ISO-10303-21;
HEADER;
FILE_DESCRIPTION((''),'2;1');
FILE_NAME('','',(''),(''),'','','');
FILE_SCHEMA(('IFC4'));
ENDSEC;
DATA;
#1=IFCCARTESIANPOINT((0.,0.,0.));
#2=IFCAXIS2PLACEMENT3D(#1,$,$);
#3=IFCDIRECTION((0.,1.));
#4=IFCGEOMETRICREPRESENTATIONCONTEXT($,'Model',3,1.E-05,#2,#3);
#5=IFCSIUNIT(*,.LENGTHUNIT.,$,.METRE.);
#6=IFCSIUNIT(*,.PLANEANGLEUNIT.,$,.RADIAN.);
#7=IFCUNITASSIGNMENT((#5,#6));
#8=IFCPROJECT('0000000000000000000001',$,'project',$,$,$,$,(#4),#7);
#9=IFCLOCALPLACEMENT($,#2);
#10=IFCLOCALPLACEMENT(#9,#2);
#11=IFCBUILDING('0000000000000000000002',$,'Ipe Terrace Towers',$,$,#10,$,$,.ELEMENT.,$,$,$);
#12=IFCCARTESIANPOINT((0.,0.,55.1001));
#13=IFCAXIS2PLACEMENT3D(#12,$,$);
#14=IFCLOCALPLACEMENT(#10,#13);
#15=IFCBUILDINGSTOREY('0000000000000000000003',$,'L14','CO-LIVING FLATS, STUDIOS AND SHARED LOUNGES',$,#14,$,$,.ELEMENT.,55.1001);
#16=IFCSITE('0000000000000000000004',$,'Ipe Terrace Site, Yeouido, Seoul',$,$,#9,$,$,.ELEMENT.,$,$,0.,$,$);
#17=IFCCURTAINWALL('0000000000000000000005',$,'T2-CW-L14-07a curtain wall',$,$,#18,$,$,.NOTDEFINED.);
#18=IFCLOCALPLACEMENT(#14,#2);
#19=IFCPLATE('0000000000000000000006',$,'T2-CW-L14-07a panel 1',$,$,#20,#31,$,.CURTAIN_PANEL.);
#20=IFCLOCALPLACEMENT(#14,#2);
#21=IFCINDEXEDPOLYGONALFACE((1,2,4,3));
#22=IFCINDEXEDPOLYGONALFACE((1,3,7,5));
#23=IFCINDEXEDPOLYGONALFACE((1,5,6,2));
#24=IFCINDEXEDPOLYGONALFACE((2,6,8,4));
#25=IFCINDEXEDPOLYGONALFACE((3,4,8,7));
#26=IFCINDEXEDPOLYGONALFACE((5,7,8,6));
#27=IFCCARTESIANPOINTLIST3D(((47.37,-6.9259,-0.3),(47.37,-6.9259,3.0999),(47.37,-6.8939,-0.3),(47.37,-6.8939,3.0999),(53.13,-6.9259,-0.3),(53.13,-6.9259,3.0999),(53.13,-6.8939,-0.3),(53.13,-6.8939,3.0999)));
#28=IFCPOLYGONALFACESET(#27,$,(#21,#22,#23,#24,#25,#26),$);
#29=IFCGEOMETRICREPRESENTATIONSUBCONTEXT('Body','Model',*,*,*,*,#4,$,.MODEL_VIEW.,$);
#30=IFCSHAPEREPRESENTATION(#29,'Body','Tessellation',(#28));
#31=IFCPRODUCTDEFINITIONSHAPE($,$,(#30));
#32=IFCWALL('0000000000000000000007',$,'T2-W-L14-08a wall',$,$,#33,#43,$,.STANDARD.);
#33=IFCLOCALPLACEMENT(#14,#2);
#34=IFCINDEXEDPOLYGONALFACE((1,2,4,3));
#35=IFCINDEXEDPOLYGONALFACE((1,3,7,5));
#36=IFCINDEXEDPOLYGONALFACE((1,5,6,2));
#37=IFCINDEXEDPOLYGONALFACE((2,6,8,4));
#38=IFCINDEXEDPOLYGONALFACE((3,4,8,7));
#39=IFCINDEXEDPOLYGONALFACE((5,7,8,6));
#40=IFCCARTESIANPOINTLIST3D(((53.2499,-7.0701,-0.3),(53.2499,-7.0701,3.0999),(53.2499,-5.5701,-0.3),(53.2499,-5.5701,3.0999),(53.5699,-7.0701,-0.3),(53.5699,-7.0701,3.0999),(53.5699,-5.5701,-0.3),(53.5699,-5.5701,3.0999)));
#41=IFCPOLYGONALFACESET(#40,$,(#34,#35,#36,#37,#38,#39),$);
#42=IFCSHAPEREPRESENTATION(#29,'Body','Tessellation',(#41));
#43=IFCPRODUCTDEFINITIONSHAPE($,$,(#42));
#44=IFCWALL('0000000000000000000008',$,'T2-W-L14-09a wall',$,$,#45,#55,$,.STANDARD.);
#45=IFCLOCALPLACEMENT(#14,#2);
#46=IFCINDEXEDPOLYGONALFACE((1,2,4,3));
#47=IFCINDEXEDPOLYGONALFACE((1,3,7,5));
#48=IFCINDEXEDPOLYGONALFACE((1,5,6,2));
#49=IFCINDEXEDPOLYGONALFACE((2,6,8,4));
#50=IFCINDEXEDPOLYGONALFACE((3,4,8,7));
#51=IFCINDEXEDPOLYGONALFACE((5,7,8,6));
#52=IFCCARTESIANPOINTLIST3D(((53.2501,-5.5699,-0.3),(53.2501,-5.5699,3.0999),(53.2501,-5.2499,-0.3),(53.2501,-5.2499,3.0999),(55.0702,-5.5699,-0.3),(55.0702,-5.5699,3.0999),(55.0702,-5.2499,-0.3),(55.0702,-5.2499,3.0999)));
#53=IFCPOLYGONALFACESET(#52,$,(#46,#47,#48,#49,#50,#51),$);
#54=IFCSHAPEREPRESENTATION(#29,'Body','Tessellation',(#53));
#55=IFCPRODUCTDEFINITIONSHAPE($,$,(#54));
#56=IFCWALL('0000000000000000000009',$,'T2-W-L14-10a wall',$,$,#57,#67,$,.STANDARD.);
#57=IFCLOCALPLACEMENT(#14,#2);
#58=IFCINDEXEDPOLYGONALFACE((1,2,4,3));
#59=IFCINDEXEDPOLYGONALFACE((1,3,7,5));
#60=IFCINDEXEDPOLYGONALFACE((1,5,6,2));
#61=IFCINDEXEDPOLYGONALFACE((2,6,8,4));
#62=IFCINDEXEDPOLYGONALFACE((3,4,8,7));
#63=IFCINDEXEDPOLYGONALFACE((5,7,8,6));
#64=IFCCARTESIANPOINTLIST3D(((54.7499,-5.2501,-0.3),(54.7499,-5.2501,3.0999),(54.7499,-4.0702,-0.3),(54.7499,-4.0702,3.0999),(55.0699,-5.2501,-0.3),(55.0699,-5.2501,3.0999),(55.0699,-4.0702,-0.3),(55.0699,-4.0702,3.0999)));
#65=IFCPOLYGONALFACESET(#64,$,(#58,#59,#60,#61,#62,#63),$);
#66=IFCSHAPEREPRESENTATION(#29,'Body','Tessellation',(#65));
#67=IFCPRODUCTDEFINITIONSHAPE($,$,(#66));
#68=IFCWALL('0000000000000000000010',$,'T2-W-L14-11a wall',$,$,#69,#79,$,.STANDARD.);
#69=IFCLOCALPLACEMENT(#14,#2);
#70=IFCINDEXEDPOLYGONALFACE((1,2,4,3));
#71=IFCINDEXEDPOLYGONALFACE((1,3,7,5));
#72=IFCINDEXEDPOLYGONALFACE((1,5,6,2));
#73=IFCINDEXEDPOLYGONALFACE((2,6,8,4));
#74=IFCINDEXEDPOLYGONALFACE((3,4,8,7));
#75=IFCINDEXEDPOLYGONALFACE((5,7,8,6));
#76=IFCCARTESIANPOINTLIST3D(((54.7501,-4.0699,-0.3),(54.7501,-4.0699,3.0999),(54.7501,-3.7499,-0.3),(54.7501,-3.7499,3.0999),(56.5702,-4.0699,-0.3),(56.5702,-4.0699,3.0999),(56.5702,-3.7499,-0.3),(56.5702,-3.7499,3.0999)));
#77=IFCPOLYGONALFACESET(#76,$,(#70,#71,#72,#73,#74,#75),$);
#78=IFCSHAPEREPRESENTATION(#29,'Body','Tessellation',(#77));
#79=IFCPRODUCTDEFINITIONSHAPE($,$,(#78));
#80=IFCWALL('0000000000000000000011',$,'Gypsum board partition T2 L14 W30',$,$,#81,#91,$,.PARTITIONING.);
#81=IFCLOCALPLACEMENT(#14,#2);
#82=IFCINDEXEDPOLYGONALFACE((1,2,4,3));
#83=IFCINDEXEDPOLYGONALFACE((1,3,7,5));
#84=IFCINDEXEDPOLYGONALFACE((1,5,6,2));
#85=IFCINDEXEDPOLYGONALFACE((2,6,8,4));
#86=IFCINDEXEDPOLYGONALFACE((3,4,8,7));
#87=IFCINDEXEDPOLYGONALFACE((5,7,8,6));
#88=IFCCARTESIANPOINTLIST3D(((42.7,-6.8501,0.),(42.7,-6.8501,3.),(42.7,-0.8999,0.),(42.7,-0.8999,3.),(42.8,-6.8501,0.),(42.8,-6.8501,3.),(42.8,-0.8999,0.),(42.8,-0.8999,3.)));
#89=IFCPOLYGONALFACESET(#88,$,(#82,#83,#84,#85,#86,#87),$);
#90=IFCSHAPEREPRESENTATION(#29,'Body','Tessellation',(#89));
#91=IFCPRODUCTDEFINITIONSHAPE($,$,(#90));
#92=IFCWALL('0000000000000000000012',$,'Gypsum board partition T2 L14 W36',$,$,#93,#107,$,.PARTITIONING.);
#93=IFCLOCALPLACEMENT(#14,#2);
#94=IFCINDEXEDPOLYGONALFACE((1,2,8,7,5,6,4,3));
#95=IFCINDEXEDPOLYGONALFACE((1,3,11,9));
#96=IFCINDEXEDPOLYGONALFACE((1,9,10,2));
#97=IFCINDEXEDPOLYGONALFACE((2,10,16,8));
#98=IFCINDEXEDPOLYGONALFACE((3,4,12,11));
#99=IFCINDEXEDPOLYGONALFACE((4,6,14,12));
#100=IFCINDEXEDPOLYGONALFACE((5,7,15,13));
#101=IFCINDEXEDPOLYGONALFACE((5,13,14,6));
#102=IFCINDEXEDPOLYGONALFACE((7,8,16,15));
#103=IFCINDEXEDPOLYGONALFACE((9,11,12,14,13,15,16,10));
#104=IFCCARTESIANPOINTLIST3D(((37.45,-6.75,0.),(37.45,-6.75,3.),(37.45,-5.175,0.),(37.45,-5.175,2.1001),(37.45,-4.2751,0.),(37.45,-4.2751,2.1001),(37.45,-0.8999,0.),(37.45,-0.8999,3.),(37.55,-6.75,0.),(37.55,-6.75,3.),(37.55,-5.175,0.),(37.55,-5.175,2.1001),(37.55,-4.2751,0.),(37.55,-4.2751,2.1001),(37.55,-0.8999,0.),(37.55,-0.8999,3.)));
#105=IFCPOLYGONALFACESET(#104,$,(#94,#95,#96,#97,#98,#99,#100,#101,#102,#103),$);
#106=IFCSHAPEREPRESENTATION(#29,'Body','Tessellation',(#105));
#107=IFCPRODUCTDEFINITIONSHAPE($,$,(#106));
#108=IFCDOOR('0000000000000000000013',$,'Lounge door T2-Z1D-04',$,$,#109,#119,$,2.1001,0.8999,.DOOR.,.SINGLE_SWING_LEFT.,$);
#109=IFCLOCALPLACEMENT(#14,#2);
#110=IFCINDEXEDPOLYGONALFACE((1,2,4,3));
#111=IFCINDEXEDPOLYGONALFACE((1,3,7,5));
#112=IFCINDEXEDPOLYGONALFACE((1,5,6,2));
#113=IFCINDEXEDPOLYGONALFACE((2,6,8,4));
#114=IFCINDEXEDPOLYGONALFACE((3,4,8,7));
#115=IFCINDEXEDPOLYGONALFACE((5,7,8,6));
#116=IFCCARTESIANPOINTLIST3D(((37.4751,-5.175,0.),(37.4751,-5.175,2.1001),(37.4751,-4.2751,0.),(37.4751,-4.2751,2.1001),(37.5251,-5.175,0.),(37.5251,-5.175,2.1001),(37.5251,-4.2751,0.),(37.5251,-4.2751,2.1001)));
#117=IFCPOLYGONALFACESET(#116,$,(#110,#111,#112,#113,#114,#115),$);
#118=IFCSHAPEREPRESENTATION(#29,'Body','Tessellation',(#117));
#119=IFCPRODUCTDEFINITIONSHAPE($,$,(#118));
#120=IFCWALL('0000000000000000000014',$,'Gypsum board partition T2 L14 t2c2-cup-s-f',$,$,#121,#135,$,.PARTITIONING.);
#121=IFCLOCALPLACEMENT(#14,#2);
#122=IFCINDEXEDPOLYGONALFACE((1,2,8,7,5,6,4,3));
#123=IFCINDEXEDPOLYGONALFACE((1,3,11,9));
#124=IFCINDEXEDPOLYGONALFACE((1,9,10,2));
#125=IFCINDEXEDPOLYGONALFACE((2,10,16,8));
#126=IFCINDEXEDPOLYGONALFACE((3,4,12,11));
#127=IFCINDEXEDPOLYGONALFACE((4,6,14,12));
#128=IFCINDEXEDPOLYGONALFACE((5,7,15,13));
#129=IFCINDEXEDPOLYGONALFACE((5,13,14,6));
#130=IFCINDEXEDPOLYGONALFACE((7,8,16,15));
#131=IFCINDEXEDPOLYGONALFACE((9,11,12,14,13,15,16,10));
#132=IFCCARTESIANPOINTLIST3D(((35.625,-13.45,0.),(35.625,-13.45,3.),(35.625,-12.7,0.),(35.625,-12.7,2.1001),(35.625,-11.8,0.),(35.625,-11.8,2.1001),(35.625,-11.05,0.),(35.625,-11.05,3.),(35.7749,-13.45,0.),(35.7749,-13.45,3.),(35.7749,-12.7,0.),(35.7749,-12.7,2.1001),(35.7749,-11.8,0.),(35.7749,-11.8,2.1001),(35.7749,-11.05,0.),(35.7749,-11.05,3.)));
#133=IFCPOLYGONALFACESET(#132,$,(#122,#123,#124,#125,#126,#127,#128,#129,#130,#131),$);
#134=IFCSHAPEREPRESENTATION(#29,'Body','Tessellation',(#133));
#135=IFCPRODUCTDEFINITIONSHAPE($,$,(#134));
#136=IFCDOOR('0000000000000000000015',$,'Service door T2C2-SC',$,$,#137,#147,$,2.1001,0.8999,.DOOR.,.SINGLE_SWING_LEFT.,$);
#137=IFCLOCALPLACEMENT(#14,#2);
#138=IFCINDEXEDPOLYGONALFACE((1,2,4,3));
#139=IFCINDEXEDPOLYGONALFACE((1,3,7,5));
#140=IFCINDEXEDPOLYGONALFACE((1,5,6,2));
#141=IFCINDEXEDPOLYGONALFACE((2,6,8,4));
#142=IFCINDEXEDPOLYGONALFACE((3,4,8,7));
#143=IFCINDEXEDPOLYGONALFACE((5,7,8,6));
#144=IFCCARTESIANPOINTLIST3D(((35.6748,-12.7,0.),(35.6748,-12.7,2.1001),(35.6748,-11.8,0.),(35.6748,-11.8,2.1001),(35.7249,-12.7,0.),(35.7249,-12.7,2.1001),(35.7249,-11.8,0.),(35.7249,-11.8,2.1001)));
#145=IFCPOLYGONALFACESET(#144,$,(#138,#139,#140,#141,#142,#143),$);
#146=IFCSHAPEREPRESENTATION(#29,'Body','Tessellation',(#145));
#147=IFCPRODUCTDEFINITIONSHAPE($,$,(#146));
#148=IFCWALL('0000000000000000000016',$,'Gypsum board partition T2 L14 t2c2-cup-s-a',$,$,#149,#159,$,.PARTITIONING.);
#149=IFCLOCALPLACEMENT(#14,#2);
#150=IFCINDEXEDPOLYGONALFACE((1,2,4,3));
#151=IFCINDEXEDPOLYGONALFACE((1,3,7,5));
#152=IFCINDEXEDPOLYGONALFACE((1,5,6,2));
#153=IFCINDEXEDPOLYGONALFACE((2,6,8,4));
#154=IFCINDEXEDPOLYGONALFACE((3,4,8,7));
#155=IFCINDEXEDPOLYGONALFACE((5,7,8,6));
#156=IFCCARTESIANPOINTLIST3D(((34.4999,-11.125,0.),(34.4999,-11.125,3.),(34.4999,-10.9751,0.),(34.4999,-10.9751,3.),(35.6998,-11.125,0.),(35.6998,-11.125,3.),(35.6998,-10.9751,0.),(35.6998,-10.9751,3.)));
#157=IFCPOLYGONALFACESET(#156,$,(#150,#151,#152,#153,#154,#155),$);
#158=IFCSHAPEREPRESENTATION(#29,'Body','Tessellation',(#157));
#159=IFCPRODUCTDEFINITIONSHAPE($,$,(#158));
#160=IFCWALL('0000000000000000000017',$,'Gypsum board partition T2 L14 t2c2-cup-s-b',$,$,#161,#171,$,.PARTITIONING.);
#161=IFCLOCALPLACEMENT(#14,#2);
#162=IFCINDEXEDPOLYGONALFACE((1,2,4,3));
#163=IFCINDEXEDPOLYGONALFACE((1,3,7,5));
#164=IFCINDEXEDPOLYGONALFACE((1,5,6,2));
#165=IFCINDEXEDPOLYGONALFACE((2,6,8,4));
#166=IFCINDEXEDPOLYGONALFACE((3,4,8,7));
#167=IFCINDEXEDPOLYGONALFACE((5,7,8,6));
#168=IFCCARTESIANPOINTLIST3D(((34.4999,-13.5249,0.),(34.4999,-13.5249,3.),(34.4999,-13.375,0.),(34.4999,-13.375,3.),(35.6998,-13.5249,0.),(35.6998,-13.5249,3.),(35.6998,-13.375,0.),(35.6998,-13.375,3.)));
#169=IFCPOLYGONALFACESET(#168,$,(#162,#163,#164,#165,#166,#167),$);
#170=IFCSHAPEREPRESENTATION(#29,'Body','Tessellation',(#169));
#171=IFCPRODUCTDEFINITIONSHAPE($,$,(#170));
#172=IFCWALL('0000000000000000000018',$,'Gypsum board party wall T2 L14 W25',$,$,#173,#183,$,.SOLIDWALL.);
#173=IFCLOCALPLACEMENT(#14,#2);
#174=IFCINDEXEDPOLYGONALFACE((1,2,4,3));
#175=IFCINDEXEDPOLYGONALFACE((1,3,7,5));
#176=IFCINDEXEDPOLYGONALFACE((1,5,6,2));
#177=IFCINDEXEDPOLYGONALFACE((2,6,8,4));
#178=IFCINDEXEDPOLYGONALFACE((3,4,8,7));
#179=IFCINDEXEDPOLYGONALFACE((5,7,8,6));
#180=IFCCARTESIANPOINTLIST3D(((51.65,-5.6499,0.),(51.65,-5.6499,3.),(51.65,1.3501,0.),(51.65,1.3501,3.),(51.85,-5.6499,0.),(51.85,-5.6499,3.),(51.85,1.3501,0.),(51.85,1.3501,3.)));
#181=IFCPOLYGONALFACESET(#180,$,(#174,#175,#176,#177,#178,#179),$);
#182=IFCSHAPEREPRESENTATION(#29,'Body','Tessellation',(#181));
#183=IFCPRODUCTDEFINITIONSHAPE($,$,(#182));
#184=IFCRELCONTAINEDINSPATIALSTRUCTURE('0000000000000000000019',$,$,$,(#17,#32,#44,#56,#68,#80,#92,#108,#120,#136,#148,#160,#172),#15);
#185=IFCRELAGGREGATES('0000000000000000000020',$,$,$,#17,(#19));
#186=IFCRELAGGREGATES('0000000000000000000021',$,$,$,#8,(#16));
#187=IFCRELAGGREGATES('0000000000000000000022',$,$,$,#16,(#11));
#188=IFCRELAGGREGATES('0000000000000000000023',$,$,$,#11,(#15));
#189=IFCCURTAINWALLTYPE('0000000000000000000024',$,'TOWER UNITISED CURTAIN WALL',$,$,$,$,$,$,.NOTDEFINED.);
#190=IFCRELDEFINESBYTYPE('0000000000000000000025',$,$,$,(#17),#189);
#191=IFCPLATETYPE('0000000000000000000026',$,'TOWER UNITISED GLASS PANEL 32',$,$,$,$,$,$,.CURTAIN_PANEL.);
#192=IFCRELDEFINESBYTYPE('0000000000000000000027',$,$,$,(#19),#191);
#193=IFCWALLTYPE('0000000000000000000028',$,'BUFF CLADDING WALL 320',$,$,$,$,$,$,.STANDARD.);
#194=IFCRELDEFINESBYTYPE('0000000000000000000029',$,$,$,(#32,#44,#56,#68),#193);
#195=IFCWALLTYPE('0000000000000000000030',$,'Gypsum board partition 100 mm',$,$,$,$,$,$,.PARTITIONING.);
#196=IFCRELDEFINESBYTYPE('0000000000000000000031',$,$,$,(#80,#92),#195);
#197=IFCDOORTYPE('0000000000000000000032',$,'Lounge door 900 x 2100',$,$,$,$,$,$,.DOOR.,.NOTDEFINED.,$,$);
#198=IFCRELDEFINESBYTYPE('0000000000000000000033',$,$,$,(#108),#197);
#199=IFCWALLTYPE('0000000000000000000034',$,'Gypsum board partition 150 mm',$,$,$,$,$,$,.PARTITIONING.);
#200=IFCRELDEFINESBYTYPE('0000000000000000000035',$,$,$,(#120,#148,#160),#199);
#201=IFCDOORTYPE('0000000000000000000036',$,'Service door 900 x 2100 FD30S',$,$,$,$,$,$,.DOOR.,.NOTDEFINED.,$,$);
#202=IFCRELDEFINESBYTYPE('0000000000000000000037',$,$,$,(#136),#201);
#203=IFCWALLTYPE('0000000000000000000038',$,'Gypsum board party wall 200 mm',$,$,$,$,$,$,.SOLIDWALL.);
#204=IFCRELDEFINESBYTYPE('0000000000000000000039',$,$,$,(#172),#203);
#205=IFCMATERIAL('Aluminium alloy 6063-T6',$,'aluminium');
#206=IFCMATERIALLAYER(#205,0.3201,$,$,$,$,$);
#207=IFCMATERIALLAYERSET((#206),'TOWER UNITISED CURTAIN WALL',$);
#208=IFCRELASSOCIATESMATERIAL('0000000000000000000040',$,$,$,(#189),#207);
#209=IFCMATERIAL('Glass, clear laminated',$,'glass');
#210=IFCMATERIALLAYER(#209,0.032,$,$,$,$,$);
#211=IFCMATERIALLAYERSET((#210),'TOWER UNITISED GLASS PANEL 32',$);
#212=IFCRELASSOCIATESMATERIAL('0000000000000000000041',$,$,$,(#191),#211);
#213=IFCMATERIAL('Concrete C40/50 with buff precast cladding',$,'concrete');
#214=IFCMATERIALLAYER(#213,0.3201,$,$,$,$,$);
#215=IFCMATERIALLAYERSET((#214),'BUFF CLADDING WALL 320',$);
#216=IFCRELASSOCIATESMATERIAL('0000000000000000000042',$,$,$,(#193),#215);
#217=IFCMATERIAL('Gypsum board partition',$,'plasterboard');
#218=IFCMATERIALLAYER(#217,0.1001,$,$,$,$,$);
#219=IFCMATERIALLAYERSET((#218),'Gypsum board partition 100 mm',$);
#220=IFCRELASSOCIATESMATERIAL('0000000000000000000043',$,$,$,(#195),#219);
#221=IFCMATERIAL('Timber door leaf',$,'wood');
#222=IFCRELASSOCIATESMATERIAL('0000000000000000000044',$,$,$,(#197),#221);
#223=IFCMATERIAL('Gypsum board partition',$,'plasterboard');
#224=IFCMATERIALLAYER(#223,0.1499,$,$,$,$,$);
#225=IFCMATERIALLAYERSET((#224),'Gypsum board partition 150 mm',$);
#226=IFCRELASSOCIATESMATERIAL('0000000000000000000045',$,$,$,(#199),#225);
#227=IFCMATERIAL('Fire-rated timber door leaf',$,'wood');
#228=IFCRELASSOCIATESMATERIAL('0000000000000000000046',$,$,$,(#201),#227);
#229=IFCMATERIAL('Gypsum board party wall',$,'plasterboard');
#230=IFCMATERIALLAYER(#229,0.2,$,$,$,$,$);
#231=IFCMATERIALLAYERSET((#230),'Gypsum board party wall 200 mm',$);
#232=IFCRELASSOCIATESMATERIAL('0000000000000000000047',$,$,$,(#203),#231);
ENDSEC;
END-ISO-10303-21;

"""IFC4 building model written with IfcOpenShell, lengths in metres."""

from ifc_helpers import new_model, si_unit, direction, frame, frame_2d, origin, origin_2d, place, context, subcontext, project, spatial, rectangle, extrude, material, layer, layer_set, type_object, element, fill, aggregate, save


model = new_model("IFC4")

# Units and contexts
model_context = context("Model", 3, precision=1e-05, world=origin(), true_north=direction((0.0, 1.0)))
body_context = subcontext(model_context, "Body", "Model", "MODEL_VIEW")
ifc_project = project(units=[si_unit("LENGTHUNIT", "METRE"), si_unit("PLANEANGLEUNIT", "RADIAN")], contexts=[model_context])

# Site, building, storey
site_placement = place(None, origin())
site = spatial("IfcSite", under=ifc_project, at=site_placement, Name="Ipe Terrace Site, Yeouido, Seoul", CompositionType="ELEMENT", RefElevation=0.0)
building_placement = place(site_placement, origin())
building = spatial("IfcBuilding", under=site, at=building_placement, Name="Ipe Terrace Towers", CompositionType="ELEMENT")
storey_placement = place(building_placement, frame((0.0, 0.0, 55.1001)))
storey = spatial("IfcBuildingStorey", under=building, at=storey_placement, Name="L14", Description="CO-LIVING FLATS, STUDIOS AND SHARED LOUNGES", CompositionType="ELEMENT", Elevation=55.1001)

# Curtain wall
ifc_material_1 = material(Name="Aluminium alloy 6063-T6", Category="aluminium")
ifc_layer_1 = layer(ifc_material_1, 0.3201)
ifc_layer_set_1 = layer_set([ifc_layer_1], Name="TOWER UNITISED CURTAIN WALL")
curtain_wall_type = type_object("IfcCurtainWallType", Name="TOWER UNITISED CURTAIN WALL", PredefinedType="NOTDEFINED", material=ifc_layer_set_1)
curtain_wall_1_placement = place(storey_placement, origin())
curtain_wall_1 = element("IfcCurtainWall", 1, at=curtain_wall_1_placement, inside=storey, type_object=curtain_wall_type, Name="T2-CW-L14-07a curtain wall", PredefinedType="NOTDEFINED")

# Plate
ifc_material_2 = material(Name="Glass, clear laminated", Category="glass")
ifc_layer_2 = layer(ifc_material_2, 0.032)
ifc_layer_set_2 = layer_set([ifc_layer_2], Name="TOWER UNITISED GLASS PANEL 32")
plate_type = type_object("IfcPlateType", Name="TOWER UNITISED GLASS PANEL 32", PredefinedType="CURTAIN_PANEL", material=ifc_layer_set_2)
plate_1_placement = place(storey_placement, frame((50.25, -6.9099, -0.3), z_axis=(0.0, 0.0, 1.0), x_axis=(1.0, 0.0, 0.0)))
plate_1 = element("IfcPlate", 2, at=plate_1_placement, type_object=plate_type, Name="T2-CW-L14-07a panel 1", PredefinedType="CURTAIN_PANEL", context=body_context, shape_type="SweptSolid", body=[
    extrude(rectangle(XDim=5.76, YDim=0.032, at=origin_2d()), origin(), (0.0, 0.0, 1.0), 3.3999),
])
aggregate(curtain_wall_1, [plate_1])

# Walls
ifc_material_3 = material(Name="Concrete C40/50 with buff precast cladding", Category="concrete")
ifc_layer_3 = layer(ifc_material_3, 0.3201)
ifc_layer_set_3 = layer_set([ifc_layer_3], Name="BUFF CLADDING WALL 320")
wall_type_1 = type_object("IfcWallType", Name="BUFF CLADDING WALL 320", PredefinedType="STANDARD", material=ifc_layer_set_3)
wall_1_placement = place(storey_placement, frame((53.4099, -7.0701, -0.3), z_axis=(0.0, 0.0, 1.0), x_axis=(0.0, 1.0, 0.0)))
element("IfcWall", 3, at=wall_1_placement, inside=storey, type_object=wall_type_1, Name="T2-W-L14-08a wall", PredefinedType="STANDARD", context=body_context, shape_type="SweptSolid", body=[
    extrude(rectangle(XDim=1.5, YDim=0.3201, at=frame_2d((0.75, 0.0))), origin(), (0.0, 0.0, 1.0), 3.3999),
])
wall_2_placement = place(storey_placement, frame((53.25, -5.4099, -0.3), z_axis=(0.0, 0.0, 1.0), x_axis=(1.0, 0.0, 0.0)))
element("IfcWall", 4, at=wall_2_placement, inside=storey, type_object=wall_type_1, Name="T2-W-L14-09a wall", PredefinedType="STANDARD", context=body_context, shape_type="SweptSolid", body=[
    extrude(rectangle(XDim=1.8201, YDim=0.3201, at=frame_2d((0.9102, 0.0))), origin(), (0.0, 0.0, 1.0), 3.3999),
])
wall_3_placement = place(storey_placement, frame((54.9099, -5.25, -0.3), z_axis=(0.0, 0.0, 1.0), x_axis=(0.0, 1.0, 0.0)))
element("IfcWall", 5, at=wall_3_placement, inside=storey, type_object=wall_type_1, Name="T2-W-L14-10a wall", PredefinedType="STANDARD", context=body_context, shape_type="SweptSolid", body=[
    extrude(rectangle(XDim=1.1799, YDim=0.3201, at=frame_2d((0.5898, 0.0))), origin(), (0.0, 0.0, 1.0), 3.3999),
])
wall_4_placement = place(storey_placement, frame((54.75, -3.9099, -0.3), z_axis=(0.0, 0.0, 1.0), x_axis=(1.0, 0.0, 0.0)))
element("IfcWall", 6, at=wall_4_placement, inside=storey, type_object=wall_type_1, Name="T2-W-L14-11a wall", PredefinedType="STANDARD", context=body_context, shape_type="SweptSolid", body=[
    extrude(rectangle(XDim=1.8201, YDim=0.3201, at=frame_2d((0.9102, 0.0))), origin(), (0.0, 0.0, 1.0), 3.3999),
])
ifc_material_4 = material(Name="Gypsum board partition", Category="plasterboard")
ifc_layer_4 = layer(ifc_material_4, 0.1001)
ifc_layer_set_4 = layer_set([ifc_layer_4], Name="Gypsum board partition 100 mm")
wall_type_2 = type_object("IfcWallType", Name="Gypsum board partition 100 mm", PredefinedType="PARTITIONING", material=ifc_layer_set_4)
wall_5_placement = place(storey_placement, frame((42.75, -6.8501, 0.0), z_axis=(0.0, 0.0, 1.0), x_axis=(0.0, 1.0, 0.0)))
element("IfcWall", 7, at=wall_5_placement, inside=storey, type_object=wall_type_2, Name="Gypsum board partition T2 L14 W30", PredefinedType="PARTITIONING", context=body_context, shape_type="SweptSolid", body=[
    extrude(rectangle(XDim=5.9502, YDim=0.1001, at=frame_2d((2.9751, 0.0))), origin(), (0.0, 0.0, 1.0), 3.0),
])

# Walls, openings, doors
wall_6_placement = place(storey_placement, frame((37.5, -6.75, 0.0), z_axis=(0.0, 0.0, 1.0), x_axis=(0.0, 1.0, 0.0)))
wall_6 = element("IfcWall", 8, at=wall_6_placement, inside=storey, type_object=wall_type_2, Name="Gypsum board partition T2 L14 W36", PredefinedType="PARTITIONING", context=body_context, shape_type="SweptSolid", body=[
    extrude(rectangle(XDim=5.8501, YDim=0.1001, at=frame_2d((2.925, 0.0))), origin(), (0.0, 0.0, 1.0), 3.0),
])
opening_1_placement = place(wall_6_placement, frame((1.575, 0.0, 0.0)))
opening_1 = element("IfcOpeningElement", 9, at=opening_1_placement, cuts=wall_6, PredefinedType="OPENING", context=body_context, shape_type="SweptSolid", body=[
    extrude(rectangle(XDim=0.8999, YDim=2.1001, at=frame_2d((0.45, 1.05))), frame((0.0, 0.0601, 0.0), z_axis=(0.0, -1.0, 0.0), x_axis=(1.0, 0.0, 0.0)), (0.0, 0.0, 1.0), 0.1201),
])
ifc_material_5 = material(Name="Timber door leaf", Category="wood")
door_type_1 = type_object("IfcDoorType", Name="Lounge door 900 x 2100", OperationType="NOTDEFINED", PredefinedType="DOOR", material=ifc_material_5)
door_1_placement = place(opening_1_placement, origin())
door_1 = element("IfcDoor", 10, at=door_1_placement, inside=storey, type_object=door_type_1, Name="Lounge door T2-Z1D-04", OperationType="SINGLE_SWING_LEFT", OverallHeight=2.1001, OverallWidth=0.8999, PredefinedType="DOOR", context=body_context, shape_type="SweptSolid", body=[
    extrude(rectangle(XDim=0.8999, YDim=2.1001, at=frame_2d((0.45, 1.05))), frame((0.0, 0.0249, 0.0), z_axis=(0.0, -1.0, 0.0), x_axis=(1.0, 0.0, 0.0)), (0.0, 0.0, 1.0), 0.05),
])
fill(opening_1, door_1)
ifc_material_6 = material(Name="Gypsum board partition", Category="plasterboard")
ifc_layer_5 = layer(ifc_material_6, 0.1499)
ifc_layer_set_5 = layer_set([ifc_layer_5], Name="Gypsum board partition 150 mm")
wall_type_3 = type_object("IfcWallType", Name="Gypsum board partition 150 mm", PredefinedType="PARTITIONING", material=ifc_layer_set_5)
wall_7_placement = place(storey_placement, frame((35.7, -11.05, 0.0), z_axis=(0.0, 0.0, 1.0), x_axis=(0.0, -1.0, 0.0)))
wall_7 = element("IfcWall", 11, at=wall_7_placement, inside=storey, type_object=wall_type_3, Name="Gypsum board partition T2 L14 t2c2-cup-s-f", PredefinedType="PARTITIONING", context=body_context, shape_type="SweptSolid", body=[
    extrude(rectangle(XDim=2.3999, YDim=0.1499, at=frame_2d((1.2, 0.0))), origin(), (0.0, 0.0, 1.0), 3.0),
])
opening_2_placement = place(wall_7_placement, frame((0.75, 0.0, 0.0)))
opening_2 = element("IfcOpeningElement", 12, at=opening_2_placement, cuts=wall_7, PredefinedType="OPENING", context=body_context, shape_type="SweptSolid", body=[
    extrude(rectangle(XDim=0.8999, YDim=2.1001, at=frame_2d((0.45, 1.05))), frame((0.0, 0.085, 0.0), z_axis=(0.0, -1.0, 0.0), x_axis=(1.0, 0.0, 0.0)), (0.0, 0.0, 1.0), 0.1699),
])
ifc_material_7 = material(Name="Fire-rated timber door leaf", Category="wood")
door_type_2 = type_object("IfcDoorType", Name="Service door 900 x 2100 FD30S", OperationType="NOTDEFINED", PredefinedType="DOOR", material=ifc_material_7)
door_2_placement = place(opening_2_placement, origin())
door_2 = element("IfcDoor", 13, at=door_2_placement, inside=storey, type_object=door_type_2, Name="Service door T2C2-SC", OperationType="SINGLE_SWING_LEFT", OverallHeight=2.1001, OverallWidth=0.8999, PredefinedType="DOOR", context=body_context, shape_type="SweptSolid", body=[
    extrude(rectangle(XDim=0.8999, YDim=2.1001, at=frame_2d((0.45, 1.05))), frame((0.0, 0.0249, 0.0), z_axis=(0.0, -1.0, 0.0), x_axis=(1.0, 0.0, 0.0)), (0.0, 0.0, 1.0), 0.05),
])
fill(opening_2, door_2)

# Walls
for number, where, z_axis, x_axis, name in (
    (14, (35.7, -11.05, 0.0), (0.0, 0.0, 1.0), (-1.0, 0.0, 0.0), "Gypsum board partition T2 L14 t2c2-cup-s-a"),
    (15, (35.7, -13.45, 0.0), (0.0, 0.0, 1.0), (-1.0, 0.0, 0.0), "Gypsum board partition T2 L14 t2c2-cup-s-b"),
):
    element("IfcWall", number, at=place(storey_placement, frame(where, z_axis=z_axis, x_axis=x_axis)), inside=storey, type_object=wall_type_3, Name=name, PredefinedType="PARTITIONING", context=body_context, shape_type="SweptSolid", body=[
        extrude(rectangle(XDim=1.2, YDim=0.1499, at=frame_2d((0.6001, 0.0))), origin(), (0.0, 0.0, 1.0), 3.0),
    ])
ifc_material_8 = material(Name="Gypsum board party wall", Category="plasterboard")
ifc_layer_6 = layer(ifc_material_8, 0.2)
ifc_layer_set_6 = layer_set([ifc_layer_6], Name="Gypsum board party wall 200 mm")
wall_type_4 = type_object("IfcWallType", Name="Gypsum board party wall 200 mm", PredefinedType="SOLIDWALL", material=ifc_layer_set_6)
wall_8_placement = place(storey_placement, frame((51.75, -5.6499, 0.0), z_axis=(0.0, 0.0, 1.0), x_axis=(0.0, 1.0, 0.0)))
element("IfcWall", 16, at=wall_8_placement, inside=storey, type_object=wall_type_4, Name="Gypsum board party wall T2 L14 W25", PredefinedType="SOLIDWALL", context=body_context, shape_type="SweptSolid", body=[
    extrude(rectangle(XDim=7.0, YDim=0.2, at=frame_2d((3.5, 0.0))), origin(), (0.0, 0.0, 1.0), 3.0),
])

save(model, "model.ifc")
